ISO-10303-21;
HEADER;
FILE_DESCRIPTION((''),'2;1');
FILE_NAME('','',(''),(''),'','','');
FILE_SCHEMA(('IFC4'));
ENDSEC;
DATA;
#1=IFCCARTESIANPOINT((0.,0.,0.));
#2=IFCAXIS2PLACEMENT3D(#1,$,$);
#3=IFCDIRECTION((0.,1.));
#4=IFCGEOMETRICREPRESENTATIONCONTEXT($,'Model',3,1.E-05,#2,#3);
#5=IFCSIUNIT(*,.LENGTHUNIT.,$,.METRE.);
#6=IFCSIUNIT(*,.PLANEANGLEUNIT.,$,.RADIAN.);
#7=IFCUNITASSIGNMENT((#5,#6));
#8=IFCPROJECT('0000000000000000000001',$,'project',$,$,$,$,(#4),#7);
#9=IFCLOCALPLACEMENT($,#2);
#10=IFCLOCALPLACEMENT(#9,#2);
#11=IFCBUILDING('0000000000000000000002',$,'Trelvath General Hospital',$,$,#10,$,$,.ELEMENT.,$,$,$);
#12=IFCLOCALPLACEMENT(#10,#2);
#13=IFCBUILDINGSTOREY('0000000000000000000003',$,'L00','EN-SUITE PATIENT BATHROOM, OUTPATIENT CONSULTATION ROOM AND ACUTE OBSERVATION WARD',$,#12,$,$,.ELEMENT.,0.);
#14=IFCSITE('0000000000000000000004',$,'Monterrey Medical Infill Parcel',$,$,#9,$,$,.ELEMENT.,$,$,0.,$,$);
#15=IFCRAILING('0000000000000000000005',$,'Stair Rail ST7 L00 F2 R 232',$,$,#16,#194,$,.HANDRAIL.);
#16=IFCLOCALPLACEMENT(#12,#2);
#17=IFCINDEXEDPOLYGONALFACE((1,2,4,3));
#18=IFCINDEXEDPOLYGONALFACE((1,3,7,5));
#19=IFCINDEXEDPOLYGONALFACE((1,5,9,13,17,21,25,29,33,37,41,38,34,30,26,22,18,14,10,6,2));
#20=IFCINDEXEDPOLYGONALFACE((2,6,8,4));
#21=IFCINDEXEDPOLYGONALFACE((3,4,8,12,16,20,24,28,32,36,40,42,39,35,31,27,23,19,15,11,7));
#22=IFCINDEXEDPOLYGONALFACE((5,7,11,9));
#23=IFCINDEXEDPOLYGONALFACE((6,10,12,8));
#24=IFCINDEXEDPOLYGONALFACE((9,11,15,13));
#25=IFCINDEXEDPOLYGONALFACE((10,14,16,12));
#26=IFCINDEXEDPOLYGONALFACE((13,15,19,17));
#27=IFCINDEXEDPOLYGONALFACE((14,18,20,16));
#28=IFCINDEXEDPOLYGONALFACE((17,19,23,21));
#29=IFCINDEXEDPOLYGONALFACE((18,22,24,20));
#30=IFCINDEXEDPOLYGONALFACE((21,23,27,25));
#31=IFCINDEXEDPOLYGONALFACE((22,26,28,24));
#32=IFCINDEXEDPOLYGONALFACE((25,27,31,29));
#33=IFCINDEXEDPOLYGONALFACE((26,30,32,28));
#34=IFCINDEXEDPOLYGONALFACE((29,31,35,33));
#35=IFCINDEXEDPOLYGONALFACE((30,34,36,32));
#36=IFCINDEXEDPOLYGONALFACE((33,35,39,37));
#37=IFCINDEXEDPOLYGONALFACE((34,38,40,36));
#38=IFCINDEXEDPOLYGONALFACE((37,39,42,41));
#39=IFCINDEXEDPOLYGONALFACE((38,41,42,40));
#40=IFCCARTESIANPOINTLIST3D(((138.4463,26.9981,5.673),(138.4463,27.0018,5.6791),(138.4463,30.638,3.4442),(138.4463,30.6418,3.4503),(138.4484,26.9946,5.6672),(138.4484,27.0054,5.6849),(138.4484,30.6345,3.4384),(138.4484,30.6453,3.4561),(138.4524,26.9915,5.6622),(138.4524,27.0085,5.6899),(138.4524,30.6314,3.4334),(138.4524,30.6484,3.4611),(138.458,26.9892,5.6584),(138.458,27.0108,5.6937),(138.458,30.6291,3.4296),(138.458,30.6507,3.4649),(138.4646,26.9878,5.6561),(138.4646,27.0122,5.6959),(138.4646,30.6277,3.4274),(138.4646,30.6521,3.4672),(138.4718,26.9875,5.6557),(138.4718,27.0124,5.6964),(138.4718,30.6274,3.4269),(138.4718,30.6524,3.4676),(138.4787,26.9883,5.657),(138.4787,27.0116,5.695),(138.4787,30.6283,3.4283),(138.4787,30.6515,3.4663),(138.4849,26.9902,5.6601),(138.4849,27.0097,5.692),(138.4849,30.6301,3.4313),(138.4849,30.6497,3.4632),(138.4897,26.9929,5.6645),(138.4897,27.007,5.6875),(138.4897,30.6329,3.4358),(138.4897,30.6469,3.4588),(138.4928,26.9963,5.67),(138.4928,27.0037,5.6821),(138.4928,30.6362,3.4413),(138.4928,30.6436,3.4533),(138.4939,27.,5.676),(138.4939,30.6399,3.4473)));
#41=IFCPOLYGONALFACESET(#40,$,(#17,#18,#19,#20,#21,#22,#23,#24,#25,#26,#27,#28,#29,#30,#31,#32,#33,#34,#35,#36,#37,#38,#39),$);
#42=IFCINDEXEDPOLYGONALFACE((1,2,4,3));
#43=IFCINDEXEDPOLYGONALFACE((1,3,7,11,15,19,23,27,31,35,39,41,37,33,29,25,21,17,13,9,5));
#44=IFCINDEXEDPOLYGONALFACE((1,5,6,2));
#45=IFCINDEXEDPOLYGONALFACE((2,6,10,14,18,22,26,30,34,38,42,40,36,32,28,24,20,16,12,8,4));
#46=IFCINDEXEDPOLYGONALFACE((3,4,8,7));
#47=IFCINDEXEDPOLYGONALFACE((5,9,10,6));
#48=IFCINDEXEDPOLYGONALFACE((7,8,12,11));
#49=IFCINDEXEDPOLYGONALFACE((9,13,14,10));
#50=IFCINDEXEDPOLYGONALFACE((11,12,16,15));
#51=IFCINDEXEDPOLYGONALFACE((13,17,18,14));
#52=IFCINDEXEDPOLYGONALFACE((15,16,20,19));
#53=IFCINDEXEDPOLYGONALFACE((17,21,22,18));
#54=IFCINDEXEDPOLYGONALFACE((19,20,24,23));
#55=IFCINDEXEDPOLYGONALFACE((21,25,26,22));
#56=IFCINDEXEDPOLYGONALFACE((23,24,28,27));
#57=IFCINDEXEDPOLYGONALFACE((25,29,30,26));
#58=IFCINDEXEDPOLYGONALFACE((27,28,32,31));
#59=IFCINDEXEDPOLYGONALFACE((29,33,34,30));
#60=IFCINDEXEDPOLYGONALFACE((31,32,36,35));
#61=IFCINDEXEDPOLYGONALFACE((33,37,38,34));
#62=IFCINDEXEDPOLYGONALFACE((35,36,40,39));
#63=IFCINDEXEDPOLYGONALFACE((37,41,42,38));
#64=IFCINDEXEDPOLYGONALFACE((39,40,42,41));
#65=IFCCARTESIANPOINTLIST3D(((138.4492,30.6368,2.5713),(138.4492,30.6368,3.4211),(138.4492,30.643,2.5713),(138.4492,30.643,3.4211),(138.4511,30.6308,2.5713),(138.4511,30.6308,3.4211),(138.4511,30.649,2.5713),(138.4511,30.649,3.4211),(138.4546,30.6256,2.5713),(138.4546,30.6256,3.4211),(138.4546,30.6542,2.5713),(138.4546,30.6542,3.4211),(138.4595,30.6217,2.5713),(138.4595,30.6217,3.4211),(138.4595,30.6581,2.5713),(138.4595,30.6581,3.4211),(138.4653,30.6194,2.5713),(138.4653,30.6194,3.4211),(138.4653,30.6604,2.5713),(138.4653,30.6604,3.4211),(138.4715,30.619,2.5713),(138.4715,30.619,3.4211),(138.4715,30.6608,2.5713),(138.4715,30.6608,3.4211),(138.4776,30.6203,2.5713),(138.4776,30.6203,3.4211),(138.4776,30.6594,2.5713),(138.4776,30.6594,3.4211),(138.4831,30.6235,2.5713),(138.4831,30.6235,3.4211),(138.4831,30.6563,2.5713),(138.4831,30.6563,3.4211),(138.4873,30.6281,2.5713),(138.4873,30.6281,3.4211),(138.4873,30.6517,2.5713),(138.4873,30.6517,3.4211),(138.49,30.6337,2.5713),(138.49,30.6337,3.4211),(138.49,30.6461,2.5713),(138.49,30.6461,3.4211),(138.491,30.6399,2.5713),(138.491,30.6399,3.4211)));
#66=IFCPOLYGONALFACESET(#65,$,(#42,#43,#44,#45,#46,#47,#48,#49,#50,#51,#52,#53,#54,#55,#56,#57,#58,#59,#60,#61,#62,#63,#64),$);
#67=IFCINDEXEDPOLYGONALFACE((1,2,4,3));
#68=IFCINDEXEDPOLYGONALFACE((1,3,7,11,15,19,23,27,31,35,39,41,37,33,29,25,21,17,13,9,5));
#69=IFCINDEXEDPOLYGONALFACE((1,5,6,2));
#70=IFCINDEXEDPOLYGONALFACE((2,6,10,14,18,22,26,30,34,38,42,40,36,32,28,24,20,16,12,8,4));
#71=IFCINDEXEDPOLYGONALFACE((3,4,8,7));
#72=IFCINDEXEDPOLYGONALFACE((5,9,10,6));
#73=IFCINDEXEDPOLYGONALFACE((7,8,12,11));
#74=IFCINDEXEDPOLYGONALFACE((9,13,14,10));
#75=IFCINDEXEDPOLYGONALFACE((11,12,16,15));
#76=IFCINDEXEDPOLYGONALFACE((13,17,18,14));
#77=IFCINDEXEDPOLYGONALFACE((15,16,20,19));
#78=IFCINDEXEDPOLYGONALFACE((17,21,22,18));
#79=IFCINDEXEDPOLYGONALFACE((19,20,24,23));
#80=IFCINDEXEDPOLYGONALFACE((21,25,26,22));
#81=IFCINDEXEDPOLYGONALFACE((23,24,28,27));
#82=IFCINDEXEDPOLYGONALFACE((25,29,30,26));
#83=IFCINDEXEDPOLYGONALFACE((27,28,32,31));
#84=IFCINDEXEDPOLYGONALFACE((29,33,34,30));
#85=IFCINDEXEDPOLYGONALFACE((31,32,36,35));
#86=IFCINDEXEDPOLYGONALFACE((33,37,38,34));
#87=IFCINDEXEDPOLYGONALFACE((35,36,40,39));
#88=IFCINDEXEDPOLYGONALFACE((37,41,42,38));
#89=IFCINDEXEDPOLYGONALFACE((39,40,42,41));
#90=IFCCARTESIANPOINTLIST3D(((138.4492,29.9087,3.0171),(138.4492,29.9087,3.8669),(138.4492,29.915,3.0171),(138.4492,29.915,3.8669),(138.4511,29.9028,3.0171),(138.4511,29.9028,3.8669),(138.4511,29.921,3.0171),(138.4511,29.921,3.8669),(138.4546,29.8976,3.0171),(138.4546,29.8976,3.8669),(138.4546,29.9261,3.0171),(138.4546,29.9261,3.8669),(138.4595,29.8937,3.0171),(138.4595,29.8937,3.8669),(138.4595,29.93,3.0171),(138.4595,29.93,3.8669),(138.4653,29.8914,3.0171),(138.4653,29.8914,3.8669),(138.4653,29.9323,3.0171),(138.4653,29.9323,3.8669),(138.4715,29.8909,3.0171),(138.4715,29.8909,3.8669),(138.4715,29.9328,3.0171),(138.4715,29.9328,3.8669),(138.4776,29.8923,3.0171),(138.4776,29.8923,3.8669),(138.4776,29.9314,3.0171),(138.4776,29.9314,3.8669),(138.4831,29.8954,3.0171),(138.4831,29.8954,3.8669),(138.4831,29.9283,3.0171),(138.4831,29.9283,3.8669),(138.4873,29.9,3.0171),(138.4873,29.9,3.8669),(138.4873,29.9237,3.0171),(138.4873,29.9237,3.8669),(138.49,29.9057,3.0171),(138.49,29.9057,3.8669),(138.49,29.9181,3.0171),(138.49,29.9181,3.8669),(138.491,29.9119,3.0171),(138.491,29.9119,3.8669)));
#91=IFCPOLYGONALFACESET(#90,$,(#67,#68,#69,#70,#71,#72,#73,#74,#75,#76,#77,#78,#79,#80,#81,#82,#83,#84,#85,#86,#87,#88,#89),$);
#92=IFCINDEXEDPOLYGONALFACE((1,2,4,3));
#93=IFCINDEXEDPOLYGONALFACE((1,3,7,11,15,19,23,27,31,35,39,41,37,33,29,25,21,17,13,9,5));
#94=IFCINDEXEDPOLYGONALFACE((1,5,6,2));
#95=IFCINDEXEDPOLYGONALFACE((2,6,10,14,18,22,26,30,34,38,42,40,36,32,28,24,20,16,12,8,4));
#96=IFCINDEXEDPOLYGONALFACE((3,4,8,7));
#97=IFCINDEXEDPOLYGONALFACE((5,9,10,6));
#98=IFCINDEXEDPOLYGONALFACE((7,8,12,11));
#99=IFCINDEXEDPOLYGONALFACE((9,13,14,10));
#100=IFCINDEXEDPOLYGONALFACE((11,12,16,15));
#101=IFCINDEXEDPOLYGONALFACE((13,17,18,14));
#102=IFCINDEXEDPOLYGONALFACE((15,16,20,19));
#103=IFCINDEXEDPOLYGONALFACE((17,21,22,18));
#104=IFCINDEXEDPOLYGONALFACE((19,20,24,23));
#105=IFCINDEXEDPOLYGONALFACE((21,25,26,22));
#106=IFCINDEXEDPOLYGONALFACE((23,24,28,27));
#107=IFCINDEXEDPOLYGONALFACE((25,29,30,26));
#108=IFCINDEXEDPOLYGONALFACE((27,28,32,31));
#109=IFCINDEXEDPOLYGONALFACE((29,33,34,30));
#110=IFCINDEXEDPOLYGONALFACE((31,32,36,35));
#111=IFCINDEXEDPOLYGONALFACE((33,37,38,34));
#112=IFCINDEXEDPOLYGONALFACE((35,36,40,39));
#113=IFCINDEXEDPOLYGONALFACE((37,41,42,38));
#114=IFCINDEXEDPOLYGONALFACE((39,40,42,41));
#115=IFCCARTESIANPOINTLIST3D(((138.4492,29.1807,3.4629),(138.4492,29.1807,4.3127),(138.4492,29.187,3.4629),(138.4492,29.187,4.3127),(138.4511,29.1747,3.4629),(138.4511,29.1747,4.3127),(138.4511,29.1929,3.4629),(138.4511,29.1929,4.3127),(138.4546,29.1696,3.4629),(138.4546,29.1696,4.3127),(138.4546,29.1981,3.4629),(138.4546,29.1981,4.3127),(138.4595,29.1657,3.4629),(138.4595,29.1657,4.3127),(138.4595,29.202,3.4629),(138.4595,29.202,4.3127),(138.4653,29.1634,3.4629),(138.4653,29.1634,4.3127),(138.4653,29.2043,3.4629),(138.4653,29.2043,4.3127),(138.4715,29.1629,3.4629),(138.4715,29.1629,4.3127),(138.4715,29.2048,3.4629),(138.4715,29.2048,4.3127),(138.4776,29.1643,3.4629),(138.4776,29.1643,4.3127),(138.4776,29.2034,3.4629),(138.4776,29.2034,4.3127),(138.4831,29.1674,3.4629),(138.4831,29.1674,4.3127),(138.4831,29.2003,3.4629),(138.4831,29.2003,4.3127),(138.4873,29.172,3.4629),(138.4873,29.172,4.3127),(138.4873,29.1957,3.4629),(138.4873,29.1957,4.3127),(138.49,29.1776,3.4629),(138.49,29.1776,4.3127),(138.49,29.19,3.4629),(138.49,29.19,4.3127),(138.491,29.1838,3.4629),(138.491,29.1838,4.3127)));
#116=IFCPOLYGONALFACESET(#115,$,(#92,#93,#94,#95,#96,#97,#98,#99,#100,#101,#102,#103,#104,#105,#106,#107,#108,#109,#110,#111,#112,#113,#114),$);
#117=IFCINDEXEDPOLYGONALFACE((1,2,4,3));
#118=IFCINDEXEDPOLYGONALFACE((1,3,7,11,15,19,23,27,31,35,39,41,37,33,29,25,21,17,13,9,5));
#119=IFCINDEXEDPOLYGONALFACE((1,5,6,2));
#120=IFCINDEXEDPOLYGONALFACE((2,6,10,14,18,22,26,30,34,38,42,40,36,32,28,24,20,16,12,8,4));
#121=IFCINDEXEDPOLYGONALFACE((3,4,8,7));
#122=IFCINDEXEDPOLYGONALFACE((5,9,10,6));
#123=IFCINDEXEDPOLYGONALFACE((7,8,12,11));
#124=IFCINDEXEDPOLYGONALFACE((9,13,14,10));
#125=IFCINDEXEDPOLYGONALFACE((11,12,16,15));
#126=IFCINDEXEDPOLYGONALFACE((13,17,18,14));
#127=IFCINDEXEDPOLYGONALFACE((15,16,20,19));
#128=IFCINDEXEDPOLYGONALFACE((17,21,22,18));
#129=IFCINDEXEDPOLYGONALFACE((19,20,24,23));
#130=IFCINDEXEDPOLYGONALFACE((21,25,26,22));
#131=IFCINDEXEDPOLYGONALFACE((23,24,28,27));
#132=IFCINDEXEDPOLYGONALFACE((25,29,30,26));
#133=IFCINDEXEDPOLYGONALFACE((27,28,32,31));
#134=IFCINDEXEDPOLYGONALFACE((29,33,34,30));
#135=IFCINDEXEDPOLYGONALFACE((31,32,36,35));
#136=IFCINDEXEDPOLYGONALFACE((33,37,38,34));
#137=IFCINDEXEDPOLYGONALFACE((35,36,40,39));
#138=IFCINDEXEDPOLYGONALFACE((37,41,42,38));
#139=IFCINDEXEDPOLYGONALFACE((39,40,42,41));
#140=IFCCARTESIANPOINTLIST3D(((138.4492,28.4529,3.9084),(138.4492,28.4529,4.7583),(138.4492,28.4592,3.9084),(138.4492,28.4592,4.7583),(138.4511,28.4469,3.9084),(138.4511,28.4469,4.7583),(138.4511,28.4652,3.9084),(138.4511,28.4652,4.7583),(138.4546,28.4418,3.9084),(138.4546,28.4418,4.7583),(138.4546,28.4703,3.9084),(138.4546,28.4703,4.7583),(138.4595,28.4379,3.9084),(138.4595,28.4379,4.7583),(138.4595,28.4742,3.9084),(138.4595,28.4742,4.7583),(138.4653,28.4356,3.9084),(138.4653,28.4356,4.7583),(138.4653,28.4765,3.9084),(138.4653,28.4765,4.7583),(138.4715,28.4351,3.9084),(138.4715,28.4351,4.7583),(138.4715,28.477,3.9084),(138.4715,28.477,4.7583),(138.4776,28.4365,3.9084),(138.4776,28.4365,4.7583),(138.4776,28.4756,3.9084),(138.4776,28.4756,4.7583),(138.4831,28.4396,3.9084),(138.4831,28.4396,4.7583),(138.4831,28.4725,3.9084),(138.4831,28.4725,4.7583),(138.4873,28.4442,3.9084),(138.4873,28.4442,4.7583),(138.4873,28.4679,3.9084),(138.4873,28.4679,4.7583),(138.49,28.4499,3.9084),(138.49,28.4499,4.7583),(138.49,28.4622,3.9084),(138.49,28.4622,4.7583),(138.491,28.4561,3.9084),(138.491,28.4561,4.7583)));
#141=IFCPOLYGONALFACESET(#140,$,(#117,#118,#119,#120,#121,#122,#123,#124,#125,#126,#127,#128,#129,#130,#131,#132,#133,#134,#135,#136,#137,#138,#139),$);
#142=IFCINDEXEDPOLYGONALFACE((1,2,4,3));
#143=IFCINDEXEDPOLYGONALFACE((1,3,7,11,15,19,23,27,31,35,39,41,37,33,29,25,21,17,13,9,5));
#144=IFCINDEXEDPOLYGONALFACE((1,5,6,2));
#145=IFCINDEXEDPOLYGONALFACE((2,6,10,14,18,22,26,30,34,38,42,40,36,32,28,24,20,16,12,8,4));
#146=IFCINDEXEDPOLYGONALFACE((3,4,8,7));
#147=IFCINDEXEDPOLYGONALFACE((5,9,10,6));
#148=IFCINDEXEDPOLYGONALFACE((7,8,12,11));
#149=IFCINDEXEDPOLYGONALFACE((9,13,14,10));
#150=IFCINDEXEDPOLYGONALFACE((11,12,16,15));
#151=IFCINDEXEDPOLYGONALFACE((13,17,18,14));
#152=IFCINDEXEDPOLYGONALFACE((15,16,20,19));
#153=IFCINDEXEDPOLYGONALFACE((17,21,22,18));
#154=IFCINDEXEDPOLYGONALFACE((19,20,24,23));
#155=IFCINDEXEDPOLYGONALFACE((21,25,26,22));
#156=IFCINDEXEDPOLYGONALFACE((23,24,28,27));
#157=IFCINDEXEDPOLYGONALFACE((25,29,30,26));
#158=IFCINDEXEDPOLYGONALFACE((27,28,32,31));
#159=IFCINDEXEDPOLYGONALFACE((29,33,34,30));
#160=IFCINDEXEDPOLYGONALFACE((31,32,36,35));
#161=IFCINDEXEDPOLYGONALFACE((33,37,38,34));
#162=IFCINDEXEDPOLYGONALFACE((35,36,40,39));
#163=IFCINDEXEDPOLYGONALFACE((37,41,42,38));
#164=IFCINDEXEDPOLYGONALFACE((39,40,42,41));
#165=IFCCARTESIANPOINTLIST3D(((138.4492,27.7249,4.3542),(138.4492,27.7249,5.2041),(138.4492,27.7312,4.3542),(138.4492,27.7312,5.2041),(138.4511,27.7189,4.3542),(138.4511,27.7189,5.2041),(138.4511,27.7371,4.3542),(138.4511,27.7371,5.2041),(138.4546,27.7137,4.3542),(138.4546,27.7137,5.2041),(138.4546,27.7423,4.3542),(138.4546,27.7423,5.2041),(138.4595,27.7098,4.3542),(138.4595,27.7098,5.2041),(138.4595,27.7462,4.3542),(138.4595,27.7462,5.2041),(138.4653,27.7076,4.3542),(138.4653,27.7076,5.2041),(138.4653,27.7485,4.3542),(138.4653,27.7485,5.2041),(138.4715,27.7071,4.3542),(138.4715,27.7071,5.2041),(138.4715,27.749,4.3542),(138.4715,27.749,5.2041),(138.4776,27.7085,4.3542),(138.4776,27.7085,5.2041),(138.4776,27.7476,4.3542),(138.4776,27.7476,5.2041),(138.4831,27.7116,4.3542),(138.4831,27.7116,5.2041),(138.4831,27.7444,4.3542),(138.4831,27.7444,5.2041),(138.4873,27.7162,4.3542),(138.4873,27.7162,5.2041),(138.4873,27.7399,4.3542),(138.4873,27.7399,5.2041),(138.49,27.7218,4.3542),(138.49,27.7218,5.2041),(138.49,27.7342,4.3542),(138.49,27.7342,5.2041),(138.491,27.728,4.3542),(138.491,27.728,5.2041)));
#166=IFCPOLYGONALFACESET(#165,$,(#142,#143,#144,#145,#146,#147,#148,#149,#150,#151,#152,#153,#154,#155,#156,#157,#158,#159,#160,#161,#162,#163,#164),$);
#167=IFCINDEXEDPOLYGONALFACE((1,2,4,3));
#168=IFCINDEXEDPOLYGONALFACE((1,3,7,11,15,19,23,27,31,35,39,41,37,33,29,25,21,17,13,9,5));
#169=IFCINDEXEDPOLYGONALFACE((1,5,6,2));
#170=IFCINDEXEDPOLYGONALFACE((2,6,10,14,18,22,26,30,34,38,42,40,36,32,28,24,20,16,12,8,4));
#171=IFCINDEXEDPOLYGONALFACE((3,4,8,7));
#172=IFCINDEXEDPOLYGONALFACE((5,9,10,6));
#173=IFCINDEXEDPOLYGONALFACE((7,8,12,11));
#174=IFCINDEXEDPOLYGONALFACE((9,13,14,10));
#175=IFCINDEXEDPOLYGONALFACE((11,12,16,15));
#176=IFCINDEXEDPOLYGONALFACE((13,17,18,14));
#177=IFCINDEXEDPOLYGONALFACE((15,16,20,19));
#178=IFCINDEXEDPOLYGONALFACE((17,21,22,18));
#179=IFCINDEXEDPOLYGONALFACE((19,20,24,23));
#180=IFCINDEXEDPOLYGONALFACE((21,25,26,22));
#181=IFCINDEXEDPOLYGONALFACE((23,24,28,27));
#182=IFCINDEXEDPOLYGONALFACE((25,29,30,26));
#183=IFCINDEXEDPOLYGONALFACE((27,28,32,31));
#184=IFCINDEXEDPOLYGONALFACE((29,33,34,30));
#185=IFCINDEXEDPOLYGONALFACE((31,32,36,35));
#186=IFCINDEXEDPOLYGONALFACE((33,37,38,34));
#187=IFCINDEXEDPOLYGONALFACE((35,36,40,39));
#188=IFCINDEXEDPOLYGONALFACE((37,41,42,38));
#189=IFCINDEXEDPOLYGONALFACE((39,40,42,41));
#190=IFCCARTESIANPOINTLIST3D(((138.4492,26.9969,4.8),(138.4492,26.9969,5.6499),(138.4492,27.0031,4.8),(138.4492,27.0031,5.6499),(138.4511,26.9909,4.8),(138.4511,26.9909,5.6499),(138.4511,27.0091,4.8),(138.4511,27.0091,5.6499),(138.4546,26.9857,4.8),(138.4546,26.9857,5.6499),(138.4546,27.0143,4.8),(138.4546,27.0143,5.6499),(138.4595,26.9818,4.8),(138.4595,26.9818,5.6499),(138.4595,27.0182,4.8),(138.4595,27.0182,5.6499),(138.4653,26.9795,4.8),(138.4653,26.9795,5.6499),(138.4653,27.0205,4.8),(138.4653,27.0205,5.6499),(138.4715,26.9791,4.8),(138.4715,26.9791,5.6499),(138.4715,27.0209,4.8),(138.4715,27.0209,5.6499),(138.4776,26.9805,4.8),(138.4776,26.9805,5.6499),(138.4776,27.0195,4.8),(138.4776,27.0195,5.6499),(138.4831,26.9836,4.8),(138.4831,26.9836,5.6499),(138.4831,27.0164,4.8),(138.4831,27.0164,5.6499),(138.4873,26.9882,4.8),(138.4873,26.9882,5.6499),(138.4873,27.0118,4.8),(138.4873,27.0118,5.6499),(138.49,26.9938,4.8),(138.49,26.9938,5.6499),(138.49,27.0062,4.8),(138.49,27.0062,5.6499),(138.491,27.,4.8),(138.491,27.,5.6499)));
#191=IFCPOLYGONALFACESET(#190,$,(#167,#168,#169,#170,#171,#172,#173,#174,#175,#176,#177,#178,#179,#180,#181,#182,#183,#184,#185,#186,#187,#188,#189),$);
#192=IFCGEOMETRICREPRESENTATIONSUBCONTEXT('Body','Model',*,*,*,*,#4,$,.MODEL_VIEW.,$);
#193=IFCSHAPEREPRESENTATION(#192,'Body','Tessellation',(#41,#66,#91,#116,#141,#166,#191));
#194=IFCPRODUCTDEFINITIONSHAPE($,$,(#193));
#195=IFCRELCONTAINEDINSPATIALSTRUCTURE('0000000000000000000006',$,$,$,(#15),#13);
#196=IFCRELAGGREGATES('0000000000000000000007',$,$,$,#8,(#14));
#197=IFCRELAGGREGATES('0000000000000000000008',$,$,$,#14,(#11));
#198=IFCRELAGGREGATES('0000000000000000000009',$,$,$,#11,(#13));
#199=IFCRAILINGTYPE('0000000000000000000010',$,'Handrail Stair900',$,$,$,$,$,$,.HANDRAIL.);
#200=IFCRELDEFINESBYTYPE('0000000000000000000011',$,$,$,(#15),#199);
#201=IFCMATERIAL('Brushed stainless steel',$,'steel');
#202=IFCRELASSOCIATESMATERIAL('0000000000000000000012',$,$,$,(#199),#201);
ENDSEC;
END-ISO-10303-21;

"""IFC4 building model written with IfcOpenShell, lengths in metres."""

from ifc_helpers import new_model, si_unit, direction, frame, origin, origin_2d, place, context, subcontext, project, spatial, circle, extrude, material, type_object, element, save


model = new_model("IFC4")

# Units and contexts
model_context = context("Model", 3, precision=1e-05, world=origin(), true_north=direction((0.0, 1.0)))
body_context = subcontext(model_context, "Body", "Model", "MODEL_VIEW")
ifc_project = project(units=[si_unit("LENGTHUNIT", "METRE"), si_unit("PLANEANGLEUNIT", "RADIAN")], contexts=[model_context])

# Site, building, storey
site_placement = place(None, origin())
site = spatial("IfcSite", under=ifc_project, at=site_placement, Name="Monterrey Medical Infill Parcel", CompositionType="ELEMENT", RefElevation=0.0)
building_placement = place(site_placement, origin())
building = spatial("IfcBuilding", under=site, at=building_placement, Name="Trelvath General Hospital", CompositionType="ELEMENT")
storey_placement = place(building_placement, origin())
storey = spatial("IfcBuildingStorey", under=building, at=storey_placement, Name="L00", Description="EN-SUITE PATIENT BATHROOM, OUTPATIENT CONSULTATION ROOM AND ACUTE OBSERVATION WARD", CompositionType="ELEMENT", Elevation=0.0)

# Railing
ifc_material_1 = material(Name="Brushed stainless steel", Category="steel")
railing_type_1 = type_object("IfcRailingType", Name="Handrail Stair900", PredefinedType="HANDRAIL", material=ifc_material_1)
railing_1_placement = place(storey_placement, frame((138.47, 30.6399, 2.5713)))
element("IfcRailing", 1, at=railing_1_placement, inside=storey, type_object=railing_type_1, Name="Stair Rail ST7 L00 F2 R 232", PredefinedType="HANDRAIL", context=body_context, shape_type="SweptSolid", body=[
    extrude(circle(Radius=0.0239, at=origin_2d()), frame((0.0, 0.0, 0.876), z_axis=(0.0, -0.852825, 0.522197), x_axis=(1.0, 0.0, 0.0)), (0.0, 0.0, 1.0), 4.2681),
    extrude(circle(Radius=0.021, at=origin_2d()), origin(), (0.0, 0.0, 1.0), 0.8499),
    extrude(circle(Radius=0.021, at=origin_2d()), frame((0.0, -0.728, 0.4458)), (0.0, 0.0, 1.0), 0.8499),
    extrude(circle(Radius=0.021, at=origin_2d()), frame((0.0, -1.4561, 0.8916)), (0.0, 0.0, 1.0), 0.8499),
    extrude(circle(Radius=0.021, at=origin_2d()), frame((0.0, -2.1838, 1.3372)), (0.0, 0.0, 1.0), 0.8499),
    extrude(circle(Radius=0.021, at=origin_2d()), frame((0.0, -2.9119, 1.783)), (0.0, 0.0, 1.0), 0.8499),
    extrude(circle(Radius=0.021, at=origin_2d()), frame((0.0, -3.6399, 2.2288)), (0.0, 0.0, 1.0), 0.8499),
])

save(model, "model.ifc")
